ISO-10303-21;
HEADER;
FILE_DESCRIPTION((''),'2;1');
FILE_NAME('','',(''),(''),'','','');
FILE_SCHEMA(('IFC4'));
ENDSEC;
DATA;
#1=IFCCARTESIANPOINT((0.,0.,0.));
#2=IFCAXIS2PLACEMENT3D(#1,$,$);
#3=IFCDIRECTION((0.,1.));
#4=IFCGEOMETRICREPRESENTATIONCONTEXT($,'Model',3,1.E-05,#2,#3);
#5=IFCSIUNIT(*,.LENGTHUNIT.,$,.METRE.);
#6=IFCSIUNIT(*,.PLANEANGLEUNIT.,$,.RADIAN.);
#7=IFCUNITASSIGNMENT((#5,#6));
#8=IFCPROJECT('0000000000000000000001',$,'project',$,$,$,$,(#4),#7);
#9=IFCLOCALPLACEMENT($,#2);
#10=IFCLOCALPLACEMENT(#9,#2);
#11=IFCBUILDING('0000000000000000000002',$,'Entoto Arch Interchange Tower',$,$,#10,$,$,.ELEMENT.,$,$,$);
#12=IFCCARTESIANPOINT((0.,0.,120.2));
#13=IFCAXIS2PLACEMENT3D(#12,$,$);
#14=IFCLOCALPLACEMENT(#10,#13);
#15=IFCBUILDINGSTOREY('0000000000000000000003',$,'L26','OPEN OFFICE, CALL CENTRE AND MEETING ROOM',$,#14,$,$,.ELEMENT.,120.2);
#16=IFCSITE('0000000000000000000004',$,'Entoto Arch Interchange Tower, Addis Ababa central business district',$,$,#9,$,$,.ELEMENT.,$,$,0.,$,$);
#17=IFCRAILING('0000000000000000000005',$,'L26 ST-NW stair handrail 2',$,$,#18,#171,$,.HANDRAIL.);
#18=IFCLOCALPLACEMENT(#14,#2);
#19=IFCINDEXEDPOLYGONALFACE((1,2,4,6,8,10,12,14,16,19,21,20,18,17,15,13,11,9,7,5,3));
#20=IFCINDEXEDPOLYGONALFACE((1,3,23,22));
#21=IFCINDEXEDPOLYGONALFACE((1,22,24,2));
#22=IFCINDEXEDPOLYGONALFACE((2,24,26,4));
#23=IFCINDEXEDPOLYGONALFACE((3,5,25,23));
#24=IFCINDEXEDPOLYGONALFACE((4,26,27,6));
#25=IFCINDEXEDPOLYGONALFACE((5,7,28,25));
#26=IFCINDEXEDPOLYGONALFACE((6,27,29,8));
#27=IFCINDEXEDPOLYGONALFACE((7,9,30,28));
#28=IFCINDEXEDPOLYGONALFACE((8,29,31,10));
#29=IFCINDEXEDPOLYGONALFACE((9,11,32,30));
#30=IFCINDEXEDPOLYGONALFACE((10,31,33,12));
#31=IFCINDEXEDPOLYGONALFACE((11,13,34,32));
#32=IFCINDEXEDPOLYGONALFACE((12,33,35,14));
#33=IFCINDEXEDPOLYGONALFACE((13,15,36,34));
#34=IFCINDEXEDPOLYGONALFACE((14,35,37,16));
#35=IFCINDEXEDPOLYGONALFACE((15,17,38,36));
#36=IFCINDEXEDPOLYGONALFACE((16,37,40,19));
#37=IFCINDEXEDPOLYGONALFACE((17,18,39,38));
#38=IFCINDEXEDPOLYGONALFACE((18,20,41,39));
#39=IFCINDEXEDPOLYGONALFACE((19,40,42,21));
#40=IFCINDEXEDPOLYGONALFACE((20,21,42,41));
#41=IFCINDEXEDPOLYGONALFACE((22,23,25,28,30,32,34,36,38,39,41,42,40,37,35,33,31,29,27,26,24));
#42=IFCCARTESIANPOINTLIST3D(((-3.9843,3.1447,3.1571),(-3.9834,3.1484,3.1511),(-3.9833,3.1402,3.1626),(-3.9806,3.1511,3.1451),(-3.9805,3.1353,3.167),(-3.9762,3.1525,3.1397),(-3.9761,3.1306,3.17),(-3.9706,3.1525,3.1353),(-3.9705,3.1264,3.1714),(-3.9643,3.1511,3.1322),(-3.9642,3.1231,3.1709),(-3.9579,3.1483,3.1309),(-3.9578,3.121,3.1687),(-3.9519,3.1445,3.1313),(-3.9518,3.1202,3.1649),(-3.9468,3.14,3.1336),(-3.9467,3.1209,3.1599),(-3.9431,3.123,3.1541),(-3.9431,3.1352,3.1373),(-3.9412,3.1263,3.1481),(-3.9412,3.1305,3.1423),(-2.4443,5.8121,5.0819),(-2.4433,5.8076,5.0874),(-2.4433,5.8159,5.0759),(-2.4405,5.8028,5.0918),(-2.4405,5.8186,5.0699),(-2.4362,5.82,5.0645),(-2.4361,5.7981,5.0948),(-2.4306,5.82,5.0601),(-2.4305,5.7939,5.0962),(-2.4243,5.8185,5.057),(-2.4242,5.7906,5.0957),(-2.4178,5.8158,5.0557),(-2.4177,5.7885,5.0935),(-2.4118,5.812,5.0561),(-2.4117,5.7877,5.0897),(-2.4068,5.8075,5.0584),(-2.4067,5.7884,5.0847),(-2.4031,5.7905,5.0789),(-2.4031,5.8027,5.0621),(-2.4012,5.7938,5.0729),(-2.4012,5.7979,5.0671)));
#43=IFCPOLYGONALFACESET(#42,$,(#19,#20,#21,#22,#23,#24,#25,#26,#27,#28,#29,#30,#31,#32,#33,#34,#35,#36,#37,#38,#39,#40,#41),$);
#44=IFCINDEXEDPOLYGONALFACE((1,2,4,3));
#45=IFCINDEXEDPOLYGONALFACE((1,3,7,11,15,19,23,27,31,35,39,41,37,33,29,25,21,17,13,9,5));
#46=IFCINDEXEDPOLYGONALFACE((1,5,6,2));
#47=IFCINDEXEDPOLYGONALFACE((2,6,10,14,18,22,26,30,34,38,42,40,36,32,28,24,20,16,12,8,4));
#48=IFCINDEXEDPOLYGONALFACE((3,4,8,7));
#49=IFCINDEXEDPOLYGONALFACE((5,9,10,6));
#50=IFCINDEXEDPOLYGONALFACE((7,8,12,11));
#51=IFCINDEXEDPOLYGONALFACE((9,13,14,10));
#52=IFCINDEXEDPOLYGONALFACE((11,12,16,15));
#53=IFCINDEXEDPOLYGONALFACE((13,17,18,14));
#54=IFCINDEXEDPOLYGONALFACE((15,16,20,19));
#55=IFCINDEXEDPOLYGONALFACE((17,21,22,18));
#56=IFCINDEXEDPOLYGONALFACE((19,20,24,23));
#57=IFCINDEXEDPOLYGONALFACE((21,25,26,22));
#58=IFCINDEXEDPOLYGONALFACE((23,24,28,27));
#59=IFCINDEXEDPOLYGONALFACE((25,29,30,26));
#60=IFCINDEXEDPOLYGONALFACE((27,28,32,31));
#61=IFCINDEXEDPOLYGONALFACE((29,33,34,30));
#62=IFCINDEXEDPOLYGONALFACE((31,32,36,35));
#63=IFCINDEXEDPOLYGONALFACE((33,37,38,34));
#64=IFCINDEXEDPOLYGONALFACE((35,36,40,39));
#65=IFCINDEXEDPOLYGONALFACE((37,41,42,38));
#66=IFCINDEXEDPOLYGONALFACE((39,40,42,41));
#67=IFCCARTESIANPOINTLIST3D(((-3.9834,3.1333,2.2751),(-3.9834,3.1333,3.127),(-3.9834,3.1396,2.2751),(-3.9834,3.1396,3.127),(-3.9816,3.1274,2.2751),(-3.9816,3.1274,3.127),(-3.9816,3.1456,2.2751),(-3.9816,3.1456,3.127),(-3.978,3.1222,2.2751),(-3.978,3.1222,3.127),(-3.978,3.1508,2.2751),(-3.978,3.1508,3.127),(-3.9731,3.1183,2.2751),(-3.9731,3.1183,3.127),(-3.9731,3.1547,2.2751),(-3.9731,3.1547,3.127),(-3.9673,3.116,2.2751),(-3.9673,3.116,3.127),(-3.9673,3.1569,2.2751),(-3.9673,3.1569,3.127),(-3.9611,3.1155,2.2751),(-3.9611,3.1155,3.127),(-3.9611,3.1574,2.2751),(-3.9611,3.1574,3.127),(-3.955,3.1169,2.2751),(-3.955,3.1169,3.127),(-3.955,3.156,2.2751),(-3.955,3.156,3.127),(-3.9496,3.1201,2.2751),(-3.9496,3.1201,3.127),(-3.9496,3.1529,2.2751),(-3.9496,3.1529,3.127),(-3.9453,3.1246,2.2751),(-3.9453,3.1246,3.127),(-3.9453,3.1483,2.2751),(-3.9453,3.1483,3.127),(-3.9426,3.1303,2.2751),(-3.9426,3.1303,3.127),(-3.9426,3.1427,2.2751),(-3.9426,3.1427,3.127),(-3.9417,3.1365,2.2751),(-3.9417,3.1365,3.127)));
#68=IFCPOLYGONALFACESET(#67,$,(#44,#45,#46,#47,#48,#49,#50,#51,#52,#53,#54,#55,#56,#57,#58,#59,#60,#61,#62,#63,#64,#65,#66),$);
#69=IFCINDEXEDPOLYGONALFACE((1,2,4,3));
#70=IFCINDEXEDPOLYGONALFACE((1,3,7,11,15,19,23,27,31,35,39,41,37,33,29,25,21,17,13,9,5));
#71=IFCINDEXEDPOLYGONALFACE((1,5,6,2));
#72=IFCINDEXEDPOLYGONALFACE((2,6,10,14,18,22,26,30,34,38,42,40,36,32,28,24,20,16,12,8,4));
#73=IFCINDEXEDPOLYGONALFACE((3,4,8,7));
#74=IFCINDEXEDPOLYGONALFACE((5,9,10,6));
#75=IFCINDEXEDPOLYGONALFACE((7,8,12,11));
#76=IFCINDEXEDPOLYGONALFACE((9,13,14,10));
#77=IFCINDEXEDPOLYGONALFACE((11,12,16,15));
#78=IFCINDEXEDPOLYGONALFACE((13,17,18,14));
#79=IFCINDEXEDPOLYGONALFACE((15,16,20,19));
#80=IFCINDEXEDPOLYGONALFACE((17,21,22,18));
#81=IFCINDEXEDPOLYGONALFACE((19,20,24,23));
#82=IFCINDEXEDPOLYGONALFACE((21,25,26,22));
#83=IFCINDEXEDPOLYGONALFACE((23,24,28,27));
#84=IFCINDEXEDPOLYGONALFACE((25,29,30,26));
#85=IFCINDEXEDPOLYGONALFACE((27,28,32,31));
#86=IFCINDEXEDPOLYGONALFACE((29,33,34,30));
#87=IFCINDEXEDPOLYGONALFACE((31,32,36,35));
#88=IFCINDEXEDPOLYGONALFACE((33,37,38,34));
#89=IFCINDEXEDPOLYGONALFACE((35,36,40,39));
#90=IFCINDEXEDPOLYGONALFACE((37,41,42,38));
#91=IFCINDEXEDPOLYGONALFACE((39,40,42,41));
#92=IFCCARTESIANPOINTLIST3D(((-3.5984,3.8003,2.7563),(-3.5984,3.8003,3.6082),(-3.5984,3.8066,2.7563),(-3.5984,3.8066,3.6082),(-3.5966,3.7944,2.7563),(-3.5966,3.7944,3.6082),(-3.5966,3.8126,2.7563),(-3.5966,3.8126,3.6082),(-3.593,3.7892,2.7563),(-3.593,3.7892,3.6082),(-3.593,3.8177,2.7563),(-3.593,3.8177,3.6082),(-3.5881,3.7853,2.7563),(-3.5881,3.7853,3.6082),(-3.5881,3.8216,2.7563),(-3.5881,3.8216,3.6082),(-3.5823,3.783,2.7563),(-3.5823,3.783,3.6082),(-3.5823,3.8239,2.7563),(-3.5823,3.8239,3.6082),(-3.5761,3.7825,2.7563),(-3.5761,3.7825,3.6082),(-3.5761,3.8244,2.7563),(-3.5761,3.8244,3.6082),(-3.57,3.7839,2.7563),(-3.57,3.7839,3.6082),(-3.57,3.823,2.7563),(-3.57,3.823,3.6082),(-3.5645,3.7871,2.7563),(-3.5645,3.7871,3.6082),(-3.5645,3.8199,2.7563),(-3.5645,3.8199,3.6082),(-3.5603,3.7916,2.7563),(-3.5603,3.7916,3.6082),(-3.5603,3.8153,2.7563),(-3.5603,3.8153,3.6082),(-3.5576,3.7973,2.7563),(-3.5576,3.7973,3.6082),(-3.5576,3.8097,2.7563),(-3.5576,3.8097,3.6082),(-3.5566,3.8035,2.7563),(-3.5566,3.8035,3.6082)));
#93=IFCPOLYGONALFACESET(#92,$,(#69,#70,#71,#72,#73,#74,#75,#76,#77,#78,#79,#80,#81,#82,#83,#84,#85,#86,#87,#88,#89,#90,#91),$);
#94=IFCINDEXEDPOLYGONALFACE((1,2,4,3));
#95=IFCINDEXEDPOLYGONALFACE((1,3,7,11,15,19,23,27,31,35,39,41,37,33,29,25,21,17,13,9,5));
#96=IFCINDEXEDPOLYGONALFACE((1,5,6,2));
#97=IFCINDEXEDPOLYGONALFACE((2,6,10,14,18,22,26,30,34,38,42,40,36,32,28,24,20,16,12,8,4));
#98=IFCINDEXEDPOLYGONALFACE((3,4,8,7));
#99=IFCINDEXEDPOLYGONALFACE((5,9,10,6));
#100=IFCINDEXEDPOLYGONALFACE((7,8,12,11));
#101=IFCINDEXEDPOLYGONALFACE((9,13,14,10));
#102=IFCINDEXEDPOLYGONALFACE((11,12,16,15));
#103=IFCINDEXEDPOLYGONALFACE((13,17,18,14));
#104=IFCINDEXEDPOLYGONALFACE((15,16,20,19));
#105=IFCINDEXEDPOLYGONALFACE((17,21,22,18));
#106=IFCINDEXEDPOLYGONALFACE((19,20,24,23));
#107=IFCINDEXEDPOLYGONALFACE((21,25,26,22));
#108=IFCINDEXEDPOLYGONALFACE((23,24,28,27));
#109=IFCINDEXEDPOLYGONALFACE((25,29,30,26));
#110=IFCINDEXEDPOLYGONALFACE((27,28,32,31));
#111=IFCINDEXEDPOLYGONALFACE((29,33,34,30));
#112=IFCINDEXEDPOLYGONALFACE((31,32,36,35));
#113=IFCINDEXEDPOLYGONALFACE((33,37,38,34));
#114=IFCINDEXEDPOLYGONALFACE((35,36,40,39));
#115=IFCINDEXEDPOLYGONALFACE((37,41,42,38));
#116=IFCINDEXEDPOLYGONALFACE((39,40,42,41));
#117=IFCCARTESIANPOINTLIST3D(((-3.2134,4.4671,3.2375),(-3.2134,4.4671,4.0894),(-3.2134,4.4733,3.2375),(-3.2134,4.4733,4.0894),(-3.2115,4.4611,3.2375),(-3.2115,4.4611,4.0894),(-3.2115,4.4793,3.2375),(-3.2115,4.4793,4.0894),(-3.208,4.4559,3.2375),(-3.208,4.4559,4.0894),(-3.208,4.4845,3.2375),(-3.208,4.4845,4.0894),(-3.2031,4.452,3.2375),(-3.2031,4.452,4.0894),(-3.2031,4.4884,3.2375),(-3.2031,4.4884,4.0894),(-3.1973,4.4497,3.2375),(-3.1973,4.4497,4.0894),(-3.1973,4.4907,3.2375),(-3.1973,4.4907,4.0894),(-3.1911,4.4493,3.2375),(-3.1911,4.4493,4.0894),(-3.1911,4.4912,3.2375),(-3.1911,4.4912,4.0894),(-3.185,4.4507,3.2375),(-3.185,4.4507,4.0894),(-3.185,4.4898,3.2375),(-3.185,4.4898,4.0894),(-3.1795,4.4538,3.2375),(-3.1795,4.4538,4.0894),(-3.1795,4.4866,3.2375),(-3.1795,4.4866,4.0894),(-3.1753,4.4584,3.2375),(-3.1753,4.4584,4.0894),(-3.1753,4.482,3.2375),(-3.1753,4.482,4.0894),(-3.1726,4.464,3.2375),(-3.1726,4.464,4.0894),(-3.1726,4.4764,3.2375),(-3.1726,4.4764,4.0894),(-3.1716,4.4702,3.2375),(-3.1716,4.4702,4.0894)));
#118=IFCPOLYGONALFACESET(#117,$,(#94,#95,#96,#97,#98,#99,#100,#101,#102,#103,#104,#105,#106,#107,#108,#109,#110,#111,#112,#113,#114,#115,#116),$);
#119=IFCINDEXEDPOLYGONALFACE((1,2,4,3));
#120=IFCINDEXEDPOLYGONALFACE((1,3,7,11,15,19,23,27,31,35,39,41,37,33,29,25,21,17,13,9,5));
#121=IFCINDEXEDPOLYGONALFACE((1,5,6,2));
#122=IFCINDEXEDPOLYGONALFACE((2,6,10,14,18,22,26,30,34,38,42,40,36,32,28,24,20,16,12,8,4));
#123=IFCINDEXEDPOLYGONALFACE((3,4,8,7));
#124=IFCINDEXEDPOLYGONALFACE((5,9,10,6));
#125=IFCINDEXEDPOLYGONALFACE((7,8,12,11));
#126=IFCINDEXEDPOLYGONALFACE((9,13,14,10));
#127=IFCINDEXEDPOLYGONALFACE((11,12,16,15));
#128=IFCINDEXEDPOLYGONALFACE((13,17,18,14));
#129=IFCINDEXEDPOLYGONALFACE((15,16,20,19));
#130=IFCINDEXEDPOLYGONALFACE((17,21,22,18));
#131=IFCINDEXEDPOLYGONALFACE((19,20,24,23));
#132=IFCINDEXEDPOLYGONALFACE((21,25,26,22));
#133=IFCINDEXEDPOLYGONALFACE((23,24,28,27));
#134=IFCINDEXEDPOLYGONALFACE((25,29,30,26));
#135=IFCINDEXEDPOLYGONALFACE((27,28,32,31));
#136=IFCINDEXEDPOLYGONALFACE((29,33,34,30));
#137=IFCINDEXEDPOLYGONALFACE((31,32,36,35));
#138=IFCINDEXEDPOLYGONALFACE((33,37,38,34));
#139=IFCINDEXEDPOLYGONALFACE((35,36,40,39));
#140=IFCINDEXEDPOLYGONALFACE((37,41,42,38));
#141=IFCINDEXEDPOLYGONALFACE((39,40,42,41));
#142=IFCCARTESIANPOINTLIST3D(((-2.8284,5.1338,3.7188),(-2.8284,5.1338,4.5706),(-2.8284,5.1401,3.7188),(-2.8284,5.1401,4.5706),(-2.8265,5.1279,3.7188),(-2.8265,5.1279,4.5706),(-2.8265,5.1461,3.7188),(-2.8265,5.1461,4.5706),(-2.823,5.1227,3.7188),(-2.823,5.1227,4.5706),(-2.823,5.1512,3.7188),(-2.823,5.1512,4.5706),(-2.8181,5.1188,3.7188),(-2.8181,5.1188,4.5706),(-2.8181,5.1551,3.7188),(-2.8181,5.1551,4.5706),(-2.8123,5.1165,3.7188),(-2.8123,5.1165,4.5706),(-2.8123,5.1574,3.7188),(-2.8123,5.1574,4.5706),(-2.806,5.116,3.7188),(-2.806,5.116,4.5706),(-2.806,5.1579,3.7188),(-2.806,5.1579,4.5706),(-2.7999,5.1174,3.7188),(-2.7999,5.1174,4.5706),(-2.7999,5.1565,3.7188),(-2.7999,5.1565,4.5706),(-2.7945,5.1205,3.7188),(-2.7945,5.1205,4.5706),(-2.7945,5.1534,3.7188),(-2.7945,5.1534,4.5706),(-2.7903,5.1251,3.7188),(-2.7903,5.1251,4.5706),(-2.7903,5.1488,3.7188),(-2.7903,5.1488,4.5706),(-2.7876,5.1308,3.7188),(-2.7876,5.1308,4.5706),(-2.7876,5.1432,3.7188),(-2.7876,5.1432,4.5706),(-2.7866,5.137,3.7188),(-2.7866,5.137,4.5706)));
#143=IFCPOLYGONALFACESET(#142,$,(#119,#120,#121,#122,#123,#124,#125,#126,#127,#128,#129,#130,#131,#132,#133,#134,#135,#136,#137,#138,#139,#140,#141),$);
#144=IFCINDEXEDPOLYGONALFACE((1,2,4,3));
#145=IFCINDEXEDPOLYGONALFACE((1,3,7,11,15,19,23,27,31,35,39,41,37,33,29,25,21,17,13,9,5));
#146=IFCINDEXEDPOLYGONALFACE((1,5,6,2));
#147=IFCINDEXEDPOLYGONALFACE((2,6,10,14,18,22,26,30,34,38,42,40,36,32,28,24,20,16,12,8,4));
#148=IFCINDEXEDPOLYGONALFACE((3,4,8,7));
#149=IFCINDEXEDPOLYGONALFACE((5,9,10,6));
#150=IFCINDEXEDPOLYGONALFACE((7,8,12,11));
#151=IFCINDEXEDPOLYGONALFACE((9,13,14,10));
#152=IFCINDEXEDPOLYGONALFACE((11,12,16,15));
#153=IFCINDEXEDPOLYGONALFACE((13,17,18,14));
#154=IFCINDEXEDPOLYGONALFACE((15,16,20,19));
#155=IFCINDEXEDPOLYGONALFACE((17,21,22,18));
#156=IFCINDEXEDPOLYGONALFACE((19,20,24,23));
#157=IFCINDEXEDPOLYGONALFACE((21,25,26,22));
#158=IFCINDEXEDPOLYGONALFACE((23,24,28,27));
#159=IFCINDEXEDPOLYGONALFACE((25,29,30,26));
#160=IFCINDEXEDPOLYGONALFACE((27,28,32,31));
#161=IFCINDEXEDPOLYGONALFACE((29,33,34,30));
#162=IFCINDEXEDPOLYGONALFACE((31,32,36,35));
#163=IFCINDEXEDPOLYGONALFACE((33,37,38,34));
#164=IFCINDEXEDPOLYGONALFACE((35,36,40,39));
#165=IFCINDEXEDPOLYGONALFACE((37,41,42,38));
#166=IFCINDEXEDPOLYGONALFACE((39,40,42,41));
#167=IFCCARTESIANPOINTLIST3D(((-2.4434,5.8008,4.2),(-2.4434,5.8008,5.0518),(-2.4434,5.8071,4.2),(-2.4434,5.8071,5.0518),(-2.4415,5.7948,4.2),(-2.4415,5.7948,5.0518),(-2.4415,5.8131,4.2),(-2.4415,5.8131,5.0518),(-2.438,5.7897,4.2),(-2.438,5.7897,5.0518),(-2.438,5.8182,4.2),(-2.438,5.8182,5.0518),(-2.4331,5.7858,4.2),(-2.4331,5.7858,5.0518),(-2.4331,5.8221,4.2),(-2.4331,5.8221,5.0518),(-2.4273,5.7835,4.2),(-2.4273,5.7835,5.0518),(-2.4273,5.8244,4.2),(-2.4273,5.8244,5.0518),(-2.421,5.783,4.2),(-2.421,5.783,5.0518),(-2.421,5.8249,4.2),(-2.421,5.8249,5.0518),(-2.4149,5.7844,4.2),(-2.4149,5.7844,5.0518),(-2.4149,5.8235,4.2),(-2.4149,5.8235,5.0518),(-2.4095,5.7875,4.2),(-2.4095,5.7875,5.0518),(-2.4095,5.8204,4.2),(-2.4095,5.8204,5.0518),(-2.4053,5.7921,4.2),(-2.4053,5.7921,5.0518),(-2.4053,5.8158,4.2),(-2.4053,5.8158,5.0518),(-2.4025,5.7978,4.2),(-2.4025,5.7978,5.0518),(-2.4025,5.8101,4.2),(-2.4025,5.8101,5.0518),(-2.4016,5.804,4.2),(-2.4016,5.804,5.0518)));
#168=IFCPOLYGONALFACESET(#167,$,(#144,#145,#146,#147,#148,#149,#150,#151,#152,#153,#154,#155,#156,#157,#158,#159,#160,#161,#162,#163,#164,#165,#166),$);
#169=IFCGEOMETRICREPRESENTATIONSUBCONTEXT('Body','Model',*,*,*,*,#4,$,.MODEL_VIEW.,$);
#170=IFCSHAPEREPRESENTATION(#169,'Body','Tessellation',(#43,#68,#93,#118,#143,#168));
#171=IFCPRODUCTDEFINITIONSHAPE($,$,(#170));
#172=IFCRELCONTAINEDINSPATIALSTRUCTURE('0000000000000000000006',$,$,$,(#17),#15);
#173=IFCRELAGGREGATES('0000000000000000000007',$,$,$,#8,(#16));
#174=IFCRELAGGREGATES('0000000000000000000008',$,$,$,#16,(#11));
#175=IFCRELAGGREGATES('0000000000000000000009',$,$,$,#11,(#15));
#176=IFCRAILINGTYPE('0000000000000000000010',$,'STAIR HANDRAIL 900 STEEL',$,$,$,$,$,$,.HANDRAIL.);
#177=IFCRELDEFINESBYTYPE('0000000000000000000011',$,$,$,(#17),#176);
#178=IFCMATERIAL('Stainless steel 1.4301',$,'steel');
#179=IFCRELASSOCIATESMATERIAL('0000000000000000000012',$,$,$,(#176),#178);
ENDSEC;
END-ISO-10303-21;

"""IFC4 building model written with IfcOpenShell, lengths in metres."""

from ifc_helpers import new_model, si_unit, direction, frame, origin, origin_2d, place, context, subcontext, project, spatial, circle, extrude, material, type_object, element, save


model = new_model("IFC4")

# Units and contexts
model_context = context("Model", 3, precision=1e-05, world=origin(), true_north=direction((0.0, 1.0)))
body_context = subcontext(model_context, "Body", "Model", "MODEL_VIEW")
ifc_project = project(units=[si_unit("LENGTHUNIT", "METRE"), si_unit("PLANEANGLEUNIT", "RADIAN")], contexts=[model_context])

# Site, building, storey
site_placement = place(None, origin())
site = spatial("IfcSite", under=ifc_project, at=site_placement, Name="Entoto Arch Interchange Tower, Addis Ababa central business district", CompositionType="ELEMENT", RefElevation=0.0)
building_placement = place(site_placement, origin())
building = spatial("IfcBuilding", under=site, at=building_placement, Name="Entoto Arch Interchange Tower", CompositionType="ELEMENT")
storey_placement = place(building_placement, frame((0.0, 0.0, 120.2)))
storey = spatial("IfcBuildingStorey", under=building, at=storey_placement, Name="L26", Description="OPEN OFFICE, CALL CENTRE AND MEETING ROOM", CompositionType="ELEMENT", Elevation=120.2)

# Railing
ifc_material_1 = material(Name="Stainless steel 1.4301", Category="steel")
railing_type_1 = type_object("IfcRailingType", Name="STAIR HANDRAIL 900 STEEL", PredefinedType="HANDRAIL", material=ifc_material_1)
railing_1_placement = place(storey_placement, frame((-3.9626, 3.1365, 2.2751)))
element("IfcRailing", 1, at=railing_1_placement, inside=storey, type_object=railing_type_1, Name="L26 ST-NW stair handrail 2", PredefinedType="HANDRAIL", context=body_context, shape_type="SweptSolid", body=[
    extrude(circle(Radius=0.0239, at=origin_2d()), frame((0.0, 0.0, 0.876), z_axis=(0.42401, 0.734421, 0.529945), x_axis=(-0.86603, 0.499992, 0.0)), (0.0, 0.0, 1.0), 3.6321),
    extrude(circle(Radius=0.021, at=origin_2d()), origin(), (0.0, 0.0, 1.0), 0.8518),
    extrude(circle(Radius=0.021, at=origin_2d()), frame((0.385, 0.667, 0.4812)), (0.0, 0.0, 1.0), 0.8518),
    extrude(circle(Radius=0.021, at=origin_2d()), frame((0.77, 1.3337, 0.9624)), (0.0, 0.0, 1.0), 0.8518),
    extrude(circle(Radius=0.021, at=origin_2d()), frame((1.155, 2.0005, 1.4436)), (0.0, 0.0, 1.0), 0.8518),
    extrude(circle(Radius=0.021, at=origin_2d()), frame((1.54, 2.6675, 1.9248)), (0.0, 0.0, 1.0), 0.8518),
])

save(model, "model.ifc")
